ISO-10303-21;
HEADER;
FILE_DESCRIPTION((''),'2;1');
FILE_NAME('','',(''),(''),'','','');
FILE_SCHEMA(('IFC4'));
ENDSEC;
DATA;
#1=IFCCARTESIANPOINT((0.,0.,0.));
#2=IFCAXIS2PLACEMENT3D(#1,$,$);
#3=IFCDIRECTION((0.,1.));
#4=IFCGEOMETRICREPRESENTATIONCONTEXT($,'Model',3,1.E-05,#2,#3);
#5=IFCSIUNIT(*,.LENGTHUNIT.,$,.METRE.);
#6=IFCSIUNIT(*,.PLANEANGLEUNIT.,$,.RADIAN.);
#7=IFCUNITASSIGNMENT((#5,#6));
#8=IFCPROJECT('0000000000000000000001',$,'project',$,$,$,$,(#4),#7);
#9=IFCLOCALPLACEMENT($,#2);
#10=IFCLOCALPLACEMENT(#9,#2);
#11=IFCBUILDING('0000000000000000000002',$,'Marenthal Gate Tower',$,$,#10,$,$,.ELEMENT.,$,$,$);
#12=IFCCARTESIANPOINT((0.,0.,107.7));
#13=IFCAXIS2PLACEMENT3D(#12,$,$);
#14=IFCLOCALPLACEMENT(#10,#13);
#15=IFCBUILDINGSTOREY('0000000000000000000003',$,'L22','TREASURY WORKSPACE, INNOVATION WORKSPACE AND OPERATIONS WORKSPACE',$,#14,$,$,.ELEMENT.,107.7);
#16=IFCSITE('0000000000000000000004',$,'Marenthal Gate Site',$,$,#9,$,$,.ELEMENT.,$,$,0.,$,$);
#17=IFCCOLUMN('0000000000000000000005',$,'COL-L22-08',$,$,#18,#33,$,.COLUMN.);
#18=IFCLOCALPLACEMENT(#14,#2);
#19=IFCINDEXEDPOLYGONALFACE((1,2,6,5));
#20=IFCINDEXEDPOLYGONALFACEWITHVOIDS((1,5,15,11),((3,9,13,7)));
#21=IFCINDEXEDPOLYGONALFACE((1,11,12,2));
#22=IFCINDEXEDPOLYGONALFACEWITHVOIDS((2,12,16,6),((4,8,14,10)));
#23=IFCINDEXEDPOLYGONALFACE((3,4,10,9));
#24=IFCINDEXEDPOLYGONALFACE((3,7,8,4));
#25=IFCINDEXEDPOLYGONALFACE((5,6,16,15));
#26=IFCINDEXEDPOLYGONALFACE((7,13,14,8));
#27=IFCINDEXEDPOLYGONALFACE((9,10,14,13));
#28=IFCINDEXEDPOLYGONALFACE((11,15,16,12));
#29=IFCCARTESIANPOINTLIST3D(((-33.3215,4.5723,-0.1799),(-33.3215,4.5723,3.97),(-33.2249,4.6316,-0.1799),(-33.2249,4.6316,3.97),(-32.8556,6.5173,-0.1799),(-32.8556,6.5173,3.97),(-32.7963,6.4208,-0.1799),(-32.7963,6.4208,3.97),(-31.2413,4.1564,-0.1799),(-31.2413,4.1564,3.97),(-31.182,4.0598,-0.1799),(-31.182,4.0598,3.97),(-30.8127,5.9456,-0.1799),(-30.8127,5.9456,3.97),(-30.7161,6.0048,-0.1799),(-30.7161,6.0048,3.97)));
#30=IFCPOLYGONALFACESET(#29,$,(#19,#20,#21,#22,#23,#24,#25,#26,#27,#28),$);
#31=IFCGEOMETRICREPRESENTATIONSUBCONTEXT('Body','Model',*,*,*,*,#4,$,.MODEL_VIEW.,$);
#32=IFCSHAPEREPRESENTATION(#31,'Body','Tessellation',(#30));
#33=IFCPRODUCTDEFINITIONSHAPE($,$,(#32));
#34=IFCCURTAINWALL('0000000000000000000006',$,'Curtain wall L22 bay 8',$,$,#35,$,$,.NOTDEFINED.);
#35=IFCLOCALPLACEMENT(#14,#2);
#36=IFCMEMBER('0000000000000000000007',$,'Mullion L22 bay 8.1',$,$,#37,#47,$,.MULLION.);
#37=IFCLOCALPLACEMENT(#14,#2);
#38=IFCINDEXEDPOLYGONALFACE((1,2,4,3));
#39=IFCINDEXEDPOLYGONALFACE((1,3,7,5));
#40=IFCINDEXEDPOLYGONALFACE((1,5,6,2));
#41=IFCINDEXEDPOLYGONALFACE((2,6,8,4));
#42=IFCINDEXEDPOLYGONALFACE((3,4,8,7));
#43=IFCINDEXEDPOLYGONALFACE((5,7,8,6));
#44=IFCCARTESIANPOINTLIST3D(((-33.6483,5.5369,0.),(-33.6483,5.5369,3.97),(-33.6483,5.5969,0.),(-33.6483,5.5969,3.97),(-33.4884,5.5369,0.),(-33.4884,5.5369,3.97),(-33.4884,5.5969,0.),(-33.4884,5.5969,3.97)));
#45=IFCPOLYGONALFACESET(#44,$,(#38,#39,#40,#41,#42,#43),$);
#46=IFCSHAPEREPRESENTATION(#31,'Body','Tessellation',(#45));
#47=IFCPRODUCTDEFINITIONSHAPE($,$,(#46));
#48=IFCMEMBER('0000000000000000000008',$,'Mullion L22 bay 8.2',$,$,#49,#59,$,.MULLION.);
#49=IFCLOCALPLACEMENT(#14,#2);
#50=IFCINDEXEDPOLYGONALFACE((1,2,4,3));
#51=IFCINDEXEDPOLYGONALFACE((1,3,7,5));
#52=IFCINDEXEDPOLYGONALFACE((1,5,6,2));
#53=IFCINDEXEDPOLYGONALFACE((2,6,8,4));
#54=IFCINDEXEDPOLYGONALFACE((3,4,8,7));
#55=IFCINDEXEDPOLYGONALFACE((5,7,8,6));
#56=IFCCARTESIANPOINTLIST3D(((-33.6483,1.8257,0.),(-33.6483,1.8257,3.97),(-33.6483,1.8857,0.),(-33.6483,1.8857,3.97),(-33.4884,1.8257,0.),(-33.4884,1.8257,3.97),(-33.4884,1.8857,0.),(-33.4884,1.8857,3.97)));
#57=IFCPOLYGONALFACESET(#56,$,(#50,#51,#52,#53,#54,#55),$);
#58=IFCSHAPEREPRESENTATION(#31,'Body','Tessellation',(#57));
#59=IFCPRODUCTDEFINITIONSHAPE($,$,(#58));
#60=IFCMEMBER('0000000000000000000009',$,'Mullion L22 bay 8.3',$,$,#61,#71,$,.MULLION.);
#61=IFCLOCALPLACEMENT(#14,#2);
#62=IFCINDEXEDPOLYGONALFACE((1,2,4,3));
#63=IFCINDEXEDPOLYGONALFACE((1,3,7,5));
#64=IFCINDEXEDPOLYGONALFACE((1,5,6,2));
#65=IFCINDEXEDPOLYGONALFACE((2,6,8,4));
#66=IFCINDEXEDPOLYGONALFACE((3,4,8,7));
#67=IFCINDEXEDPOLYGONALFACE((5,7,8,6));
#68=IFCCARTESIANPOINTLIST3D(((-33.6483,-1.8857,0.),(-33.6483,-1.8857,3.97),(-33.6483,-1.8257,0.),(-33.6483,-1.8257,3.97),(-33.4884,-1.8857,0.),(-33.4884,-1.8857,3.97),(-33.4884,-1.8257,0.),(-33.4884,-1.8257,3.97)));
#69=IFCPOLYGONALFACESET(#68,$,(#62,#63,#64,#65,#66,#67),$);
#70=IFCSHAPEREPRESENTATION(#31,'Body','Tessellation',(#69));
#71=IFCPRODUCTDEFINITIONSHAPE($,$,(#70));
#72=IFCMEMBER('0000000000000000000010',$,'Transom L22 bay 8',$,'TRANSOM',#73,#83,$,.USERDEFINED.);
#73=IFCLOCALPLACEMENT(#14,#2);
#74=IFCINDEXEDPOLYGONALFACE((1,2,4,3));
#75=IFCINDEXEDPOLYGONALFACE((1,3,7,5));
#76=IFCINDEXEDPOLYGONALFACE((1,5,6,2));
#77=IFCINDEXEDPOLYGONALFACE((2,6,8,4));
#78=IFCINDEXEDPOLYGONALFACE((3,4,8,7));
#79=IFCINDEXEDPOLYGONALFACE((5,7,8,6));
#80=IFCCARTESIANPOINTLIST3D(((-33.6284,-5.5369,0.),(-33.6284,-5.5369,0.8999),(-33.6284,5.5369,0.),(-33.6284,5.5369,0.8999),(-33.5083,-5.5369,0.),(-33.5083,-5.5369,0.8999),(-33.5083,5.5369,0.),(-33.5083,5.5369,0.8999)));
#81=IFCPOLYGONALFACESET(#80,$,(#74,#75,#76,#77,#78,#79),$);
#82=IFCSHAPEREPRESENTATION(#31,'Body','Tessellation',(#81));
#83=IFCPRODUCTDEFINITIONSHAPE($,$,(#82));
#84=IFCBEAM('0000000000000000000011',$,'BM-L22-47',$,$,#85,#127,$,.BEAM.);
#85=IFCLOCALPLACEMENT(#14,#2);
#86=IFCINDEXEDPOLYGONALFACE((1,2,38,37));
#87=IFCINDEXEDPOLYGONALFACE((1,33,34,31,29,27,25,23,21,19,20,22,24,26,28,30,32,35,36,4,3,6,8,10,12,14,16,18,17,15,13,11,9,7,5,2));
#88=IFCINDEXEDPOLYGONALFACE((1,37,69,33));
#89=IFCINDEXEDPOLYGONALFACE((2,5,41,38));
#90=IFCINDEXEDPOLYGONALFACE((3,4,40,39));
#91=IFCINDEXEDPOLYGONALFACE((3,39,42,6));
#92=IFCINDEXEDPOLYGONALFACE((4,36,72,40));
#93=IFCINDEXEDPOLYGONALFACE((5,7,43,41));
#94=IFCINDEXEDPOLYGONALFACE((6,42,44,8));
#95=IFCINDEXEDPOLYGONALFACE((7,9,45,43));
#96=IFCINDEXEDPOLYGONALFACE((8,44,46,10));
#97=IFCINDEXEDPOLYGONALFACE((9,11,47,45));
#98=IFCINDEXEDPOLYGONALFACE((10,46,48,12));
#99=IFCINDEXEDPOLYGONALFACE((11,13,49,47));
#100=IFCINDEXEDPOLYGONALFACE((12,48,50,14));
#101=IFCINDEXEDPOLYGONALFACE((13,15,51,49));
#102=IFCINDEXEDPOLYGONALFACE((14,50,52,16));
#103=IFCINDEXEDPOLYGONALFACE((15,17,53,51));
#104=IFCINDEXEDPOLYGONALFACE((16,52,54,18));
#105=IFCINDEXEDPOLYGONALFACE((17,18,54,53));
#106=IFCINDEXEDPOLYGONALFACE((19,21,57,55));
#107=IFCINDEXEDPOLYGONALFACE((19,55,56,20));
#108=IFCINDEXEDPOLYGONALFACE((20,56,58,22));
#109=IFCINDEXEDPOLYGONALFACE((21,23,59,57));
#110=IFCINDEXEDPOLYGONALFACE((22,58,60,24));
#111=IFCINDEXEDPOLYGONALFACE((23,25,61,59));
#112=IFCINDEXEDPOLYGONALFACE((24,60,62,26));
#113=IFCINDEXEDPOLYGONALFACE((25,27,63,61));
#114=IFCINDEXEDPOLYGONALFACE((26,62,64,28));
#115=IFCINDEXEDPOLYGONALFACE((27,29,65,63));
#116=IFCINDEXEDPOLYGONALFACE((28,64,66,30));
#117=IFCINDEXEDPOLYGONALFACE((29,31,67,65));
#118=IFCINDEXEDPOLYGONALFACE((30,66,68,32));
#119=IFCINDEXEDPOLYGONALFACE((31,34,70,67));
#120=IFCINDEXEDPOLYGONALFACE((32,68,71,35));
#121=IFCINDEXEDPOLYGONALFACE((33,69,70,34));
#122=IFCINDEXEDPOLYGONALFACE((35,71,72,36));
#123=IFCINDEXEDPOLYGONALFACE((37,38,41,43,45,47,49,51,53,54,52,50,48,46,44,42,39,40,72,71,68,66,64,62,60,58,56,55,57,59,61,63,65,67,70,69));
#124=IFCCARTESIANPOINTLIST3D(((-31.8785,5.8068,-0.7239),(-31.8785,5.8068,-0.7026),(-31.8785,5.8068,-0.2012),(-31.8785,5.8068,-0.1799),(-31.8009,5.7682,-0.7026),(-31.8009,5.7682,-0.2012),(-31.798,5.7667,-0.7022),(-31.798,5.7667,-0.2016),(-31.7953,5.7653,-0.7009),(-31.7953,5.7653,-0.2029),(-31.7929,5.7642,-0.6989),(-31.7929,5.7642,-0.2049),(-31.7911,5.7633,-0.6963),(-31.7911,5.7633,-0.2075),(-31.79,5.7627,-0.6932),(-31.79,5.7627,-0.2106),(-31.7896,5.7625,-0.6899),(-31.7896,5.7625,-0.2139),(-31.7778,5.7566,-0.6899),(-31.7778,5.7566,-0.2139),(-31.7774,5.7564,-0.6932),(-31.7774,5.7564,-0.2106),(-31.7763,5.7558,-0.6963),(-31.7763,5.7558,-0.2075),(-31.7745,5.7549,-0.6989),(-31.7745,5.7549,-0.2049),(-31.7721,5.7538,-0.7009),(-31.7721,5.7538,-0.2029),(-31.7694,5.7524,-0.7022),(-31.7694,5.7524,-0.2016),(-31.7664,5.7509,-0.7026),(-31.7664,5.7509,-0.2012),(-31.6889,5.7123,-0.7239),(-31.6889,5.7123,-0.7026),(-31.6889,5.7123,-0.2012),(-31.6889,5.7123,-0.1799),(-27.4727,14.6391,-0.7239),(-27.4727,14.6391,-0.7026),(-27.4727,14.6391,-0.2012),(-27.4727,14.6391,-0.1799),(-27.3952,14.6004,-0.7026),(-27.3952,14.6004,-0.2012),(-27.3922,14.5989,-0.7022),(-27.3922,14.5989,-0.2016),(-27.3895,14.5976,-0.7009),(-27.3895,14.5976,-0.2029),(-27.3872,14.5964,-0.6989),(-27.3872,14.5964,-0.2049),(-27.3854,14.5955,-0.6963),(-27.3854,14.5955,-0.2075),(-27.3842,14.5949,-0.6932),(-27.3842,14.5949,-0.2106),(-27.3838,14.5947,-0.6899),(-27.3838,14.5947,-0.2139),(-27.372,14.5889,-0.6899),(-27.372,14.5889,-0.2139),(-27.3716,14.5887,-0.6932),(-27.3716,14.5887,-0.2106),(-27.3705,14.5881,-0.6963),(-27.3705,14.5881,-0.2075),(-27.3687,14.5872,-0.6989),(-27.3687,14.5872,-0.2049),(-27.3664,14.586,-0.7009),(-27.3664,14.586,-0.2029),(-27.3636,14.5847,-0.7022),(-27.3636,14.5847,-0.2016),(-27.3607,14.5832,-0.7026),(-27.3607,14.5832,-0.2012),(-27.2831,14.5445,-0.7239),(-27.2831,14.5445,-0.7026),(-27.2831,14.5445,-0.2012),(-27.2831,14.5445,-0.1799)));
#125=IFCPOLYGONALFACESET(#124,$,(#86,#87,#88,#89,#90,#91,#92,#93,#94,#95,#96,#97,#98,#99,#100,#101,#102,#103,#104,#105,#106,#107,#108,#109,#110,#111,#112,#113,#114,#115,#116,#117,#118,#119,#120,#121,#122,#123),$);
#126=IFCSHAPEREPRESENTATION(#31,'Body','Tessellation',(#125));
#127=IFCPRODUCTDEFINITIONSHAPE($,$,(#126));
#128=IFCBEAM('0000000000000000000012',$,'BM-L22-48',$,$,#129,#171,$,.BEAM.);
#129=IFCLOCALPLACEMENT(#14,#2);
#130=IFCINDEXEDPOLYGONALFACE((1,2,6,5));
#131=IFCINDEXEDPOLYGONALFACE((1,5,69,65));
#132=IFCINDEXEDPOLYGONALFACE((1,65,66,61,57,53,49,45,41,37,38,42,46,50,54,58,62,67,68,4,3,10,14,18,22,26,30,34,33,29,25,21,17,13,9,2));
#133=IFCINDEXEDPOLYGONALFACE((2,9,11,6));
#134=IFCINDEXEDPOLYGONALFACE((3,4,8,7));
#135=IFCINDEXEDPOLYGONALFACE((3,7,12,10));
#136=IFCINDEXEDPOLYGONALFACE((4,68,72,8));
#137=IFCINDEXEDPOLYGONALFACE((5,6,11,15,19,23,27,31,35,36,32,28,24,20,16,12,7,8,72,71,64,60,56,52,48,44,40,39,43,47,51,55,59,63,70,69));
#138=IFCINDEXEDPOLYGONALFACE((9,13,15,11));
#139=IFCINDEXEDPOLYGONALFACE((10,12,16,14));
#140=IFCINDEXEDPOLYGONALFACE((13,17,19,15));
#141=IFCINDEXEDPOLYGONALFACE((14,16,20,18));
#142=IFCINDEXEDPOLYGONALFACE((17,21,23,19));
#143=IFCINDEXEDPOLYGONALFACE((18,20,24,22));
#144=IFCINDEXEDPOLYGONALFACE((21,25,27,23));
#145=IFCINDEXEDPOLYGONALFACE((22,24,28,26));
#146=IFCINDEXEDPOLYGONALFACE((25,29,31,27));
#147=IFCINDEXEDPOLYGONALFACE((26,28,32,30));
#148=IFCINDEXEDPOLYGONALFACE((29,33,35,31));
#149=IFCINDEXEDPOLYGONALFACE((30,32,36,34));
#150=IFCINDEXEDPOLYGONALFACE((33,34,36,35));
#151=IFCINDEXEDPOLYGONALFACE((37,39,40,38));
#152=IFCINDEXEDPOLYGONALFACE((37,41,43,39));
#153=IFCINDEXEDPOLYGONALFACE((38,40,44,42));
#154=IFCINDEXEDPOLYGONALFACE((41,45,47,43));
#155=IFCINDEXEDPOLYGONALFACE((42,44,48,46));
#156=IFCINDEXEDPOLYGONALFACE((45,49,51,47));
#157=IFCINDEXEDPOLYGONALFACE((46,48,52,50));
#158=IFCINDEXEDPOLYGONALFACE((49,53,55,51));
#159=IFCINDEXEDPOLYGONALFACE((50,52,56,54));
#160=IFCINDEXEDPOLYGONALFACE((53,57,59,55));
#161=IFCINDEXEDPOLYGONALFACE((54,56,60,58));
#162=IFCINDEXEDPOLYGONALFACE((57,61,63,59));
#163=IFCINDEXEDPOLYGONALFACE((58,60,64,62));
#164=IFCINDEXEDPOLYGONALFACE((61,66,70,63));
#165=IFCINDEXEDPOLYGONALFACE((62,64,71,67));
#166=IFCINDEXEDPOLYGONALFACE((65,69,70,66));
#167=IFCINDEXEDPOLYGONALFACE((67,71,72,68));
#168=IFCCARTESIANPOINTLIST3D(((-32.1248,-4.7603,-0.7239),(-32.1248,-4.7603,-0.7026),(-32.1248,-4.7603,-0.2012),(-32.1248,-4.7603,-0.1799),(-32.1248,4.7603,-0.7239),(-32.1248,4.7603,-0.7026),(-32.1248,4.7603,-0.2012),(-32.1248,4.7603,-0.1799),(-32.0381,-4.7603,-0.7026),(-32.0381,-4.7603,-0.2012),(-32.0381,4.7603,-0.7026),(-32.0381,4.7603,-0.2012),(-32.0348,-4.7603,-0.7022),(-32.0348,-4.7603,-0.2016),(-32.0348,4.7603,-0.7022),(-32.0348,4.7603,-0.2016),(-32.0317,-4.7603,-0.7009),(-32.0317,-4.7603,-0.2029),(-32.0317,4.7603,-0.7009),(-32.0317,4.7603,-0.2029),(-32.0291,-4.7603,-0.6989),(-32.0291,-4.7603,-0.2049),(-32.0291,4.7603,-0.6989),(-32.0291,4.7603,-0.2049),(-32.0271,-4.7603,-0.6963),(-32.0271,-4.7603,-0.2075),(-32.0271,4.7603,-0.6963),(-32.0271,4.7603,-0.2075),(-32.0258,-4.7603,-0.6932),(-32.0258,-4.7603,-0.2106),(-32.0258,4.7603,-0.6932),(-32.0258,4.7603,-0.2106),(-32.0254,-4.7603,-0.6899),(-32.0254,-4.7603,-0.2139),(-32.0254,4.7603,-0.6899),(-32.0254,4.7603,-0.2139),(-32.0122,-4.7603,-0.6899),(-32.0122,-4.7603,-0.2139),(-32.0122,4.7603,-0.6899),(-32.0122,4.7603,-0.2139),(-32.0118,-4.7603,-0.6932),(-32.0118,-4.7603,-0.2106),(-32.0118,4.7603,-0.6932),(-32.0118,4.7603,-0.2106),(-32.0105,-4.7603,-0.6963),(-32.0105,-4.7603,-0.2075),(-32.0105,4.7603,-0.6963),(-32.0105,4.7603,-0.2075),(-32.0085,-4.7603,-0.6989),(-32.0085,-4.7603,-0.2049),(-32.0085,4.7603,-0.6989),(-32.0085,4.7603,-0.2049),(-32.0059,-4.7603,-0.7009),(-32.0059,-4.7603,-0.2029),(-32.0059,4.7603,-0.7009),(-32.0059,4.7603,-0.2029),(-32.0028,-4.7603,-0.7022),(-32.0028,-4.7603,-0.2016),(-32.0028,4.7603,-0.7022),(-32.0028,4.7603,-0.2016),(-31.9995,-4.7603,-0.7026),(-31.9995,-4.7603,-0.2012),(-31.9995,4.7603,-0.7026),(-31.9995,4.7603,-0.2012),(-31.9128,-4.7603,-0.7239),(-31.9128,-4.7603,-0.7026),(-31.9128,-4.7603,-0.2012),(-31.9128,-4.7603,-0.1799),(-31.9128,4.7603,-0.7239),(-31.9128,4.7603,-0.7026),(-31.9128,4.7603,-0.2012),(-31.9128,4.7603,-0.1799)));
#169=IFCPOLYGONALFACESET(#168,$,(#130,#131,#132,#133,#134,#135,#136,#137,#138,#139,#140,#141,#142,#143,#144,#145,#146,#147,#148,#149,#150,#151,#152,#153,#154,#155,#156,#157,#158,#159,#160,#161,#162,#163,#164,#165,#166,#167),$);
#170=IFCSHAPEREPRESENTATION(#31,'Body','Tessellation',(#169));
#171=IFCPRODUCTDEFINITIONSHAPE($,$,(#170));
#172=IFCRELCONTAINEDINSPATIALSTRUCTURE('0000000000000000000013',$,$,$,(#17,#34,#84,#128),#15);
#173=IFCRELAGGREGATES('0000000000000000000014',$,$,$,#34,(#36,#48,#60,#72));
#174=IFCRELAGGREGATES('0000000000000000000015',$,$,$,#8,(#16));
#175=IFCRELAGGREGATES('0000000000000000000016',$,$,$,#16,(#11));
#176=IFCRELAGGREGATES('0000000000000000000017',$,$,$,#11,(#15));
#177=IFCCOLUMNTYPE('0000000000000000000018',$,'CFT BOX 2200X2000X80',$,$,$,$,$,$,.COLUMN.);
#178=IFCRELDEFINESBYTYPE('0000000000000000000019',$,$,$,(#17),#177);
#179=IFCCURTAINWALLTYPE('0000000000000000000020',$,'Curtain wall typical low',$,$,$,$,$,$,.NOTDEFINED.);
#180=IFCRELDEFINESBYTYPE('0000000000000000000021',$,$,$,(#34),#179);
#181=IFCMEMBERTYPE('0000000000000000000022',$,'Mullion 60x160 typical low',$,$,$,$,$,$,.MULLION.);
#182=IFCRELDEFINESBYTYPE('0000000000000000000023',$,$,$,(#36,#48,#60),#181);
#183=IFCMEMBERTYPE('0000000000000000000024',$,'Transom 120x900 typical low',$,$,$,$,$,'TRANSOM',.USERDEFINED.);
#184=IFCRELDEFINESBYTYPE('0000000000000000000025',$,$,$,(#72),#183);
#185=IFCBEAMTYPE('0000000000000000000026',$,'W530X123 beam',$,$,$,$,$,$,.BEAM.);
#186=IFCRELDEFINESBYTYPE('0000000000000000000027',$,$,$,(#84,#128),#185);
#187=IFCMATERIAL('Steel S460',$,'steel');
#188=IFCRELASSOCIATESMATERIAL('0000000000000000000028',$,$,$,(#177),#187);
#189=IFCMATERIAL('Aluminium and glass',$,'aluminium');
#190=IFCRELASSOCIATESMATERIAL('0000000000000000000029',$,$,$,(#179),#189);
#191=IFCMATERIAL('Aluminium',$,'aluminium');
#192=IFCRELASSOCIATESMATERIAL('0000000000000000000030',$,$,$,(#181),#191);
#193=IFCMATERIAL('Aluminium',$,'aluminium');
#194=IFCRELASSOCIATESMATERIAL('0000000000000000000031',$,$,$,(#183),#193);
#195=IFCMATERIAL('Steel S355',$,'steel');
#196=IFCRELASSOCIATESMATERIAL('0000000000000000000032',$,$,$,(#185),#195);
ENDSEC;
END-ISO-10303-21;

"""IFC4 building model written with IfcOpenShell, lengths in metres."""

from ifc_helpers import new_model, si_unit, direction, frame, origin, origin_2d, place, context, subcontext, project, spatial, rectangle, hollow_rectangle, i_section, extrude, material, material_profile, profile_set, type_object, element, aggregate, save


model = new_model("IFC4")

# Units and contexts
model_context = context("Model", 3, precision=1e-05, world=origin(), true_north=direction((0.0, 1.0)))
body_context = subcontext(model_context, "Body", "Model", "MODEL_VIEW")
ifc_project = project(units=[si_unit("LENGTHUNIT", "METRE"), si_unit("PLANEANGLEUNIT", "RADIAN")], contexts=[model_context])

# Site, building, storey
site_placement = place(None, origin())
site = spatial("IfcSite", under=ifc_project, at=site_placement, Name="Marenthal Gate Site", CompositionType="ELEMENT", RefElevation=0.0)
building_placement = place(site_placement, origin())
building = spatial("IfcBuilding", under=site, at=building_placement, Name="Marenthal Gate Tower", CompositionType="ELEMENT")
storey_placement = place(building_placement, frame((0.0, 0.0, 107.7)))
storey = spatial("IfcBuildingStorey", under=building, at=storey_placement, Name="L22", Description="TREASURY WORKSPACE, INNOVATION WORKSPACE AND OPERATIONS WORKSPACE", CompositionType="ELEMENT", Elevation=107.7)

# Column
ifc_material_1 = material(Name="Steel S460", Category="steel")
ifc_material_profile_1 = material_profile(ifc_material_1, hollow_rectangle(XDim=2.0, YDim=2.2, WallThickness=0.0801, at=origin_2d()), Name="CFT BOX 2200X2000X80")
ifc_material_2 = material(Name="Concrete 70 MPa", Category="concrete")
ifc_material_profile_2 = material_profile(ifc_material_2, rectangle(XDim=1.8401, YDim=2.04, at=origin_2d()), Name="CFT BOX 2200X2000X80 INFILL")
ifc_profile_set_1 = profile_set([ifc_material_profile_1, ifc_material_profile_2], Name="Steel S460 shell, Concrete 70 MPa infill")
column_type = type_object("IfcColumnType", Name="CFT BOX 2200X2000X80", PredefinedType="COLUMN", material=ifc_profile_set_1)
column_placement = place(storey_placement, frame((-32.0188, 5.2886, -0.1799), z_axis=(0.0, 0.0, 1.0), x_axis=(0.232958, 0.972487, 0.0)))
element("IfcColumn", 1, at=column_placement, inside=storey, type_object=column_type, Name="COL-L22-08", PredefinedType="COLUMN", context=body_context, shape_type="SweptSolid", body=[
    extrude(hollow_rectangle(XDim=2.0, YDim=2.2, WallThickness=0.0801, at=origin_2d()), origin(), (0.0, 0.0, 1.0), 4.1499),
])

# Curtain wall, members
ifc_material_3 = material(Name="Aluminium and glass", Category="aluminium")
curtain_wall_type = type_object("IfcCurtainWallType", Name="Curtain wall typical low", PredefinedType="NOTDEFINED", material=ifc_material_3)
curtain_wall_placement = place(storey_placement, origin())
curtain_wall = element("IfcCurtainWall", 2, at=curtain_wall_placement, inside=storey, type_object=curtain_wall_type, Name="Curtain wall L22 bay 8", PredefinedType="NOTDEFINED")
ifc_material_4 = material(Name="Aluminium", Category="aluminium")
ifc_material_profile_3 = material_profile(ifc_material_4, rectangle(XDim=0.1599, YDim=0.0601, at=origin_2d()), Name="60x160 aluminium mullion")
ifc_profile_set_2 = profile_set([ifc_material_profile_3], Name="Aluminium")
member_type_1 = type_object("IfcMemberType", Name="Mullion 60x160 typical low", PredefinedType="MULLION", material=ifc_profile_set_2)
member_1_placement = place(storey_placement, frame((-33.5684, 5.5669, 0.0), z_axis=(0.0, 0.0, 1.0), x_axis=(1.0, 0.0, 0.0)))
member_1 = element("IfcMember", 3, at=member_1_placement, type_object=member_type_1, Name="Mullion L22 bay 8.1", PredefinedType="MULLION", context=body_context, shape_type="SweptSolid", body=[
    extrude(rectangle(XDim=0.1599, YDim=0.0601, at=origin_2d()), origin(), (0.0, 0.0, 1.0), 3.97),
])
member_2_placement = place(storey_placement, frame((-33.5684, 1.8557, 0.0), z_axis=(0.0, 0.0, 1.0), x_axis=(1.0, 0.0, 0.0)))
member_2 = element("IfcMember", 4, at=member_2_placement, type_object=member_type_1, Name="Mullion L22 bay 8.2", PredefinedType="MULLION", context=body_context, shape_type="SweptSolid", body=[
    extrude(rectangle(XDim=0.1599, YDim=0.0601, at=origin_2d()), origin(), (0.0, 0.0, 1.0), 3.97),
])
member_3_placement = place(storey_placement, frame((-33.5684, -1.8557, 0.0), z_axis=(0.0, 0.0, 1.0), x_axis=(1.0, 0.0, 0.0)))
member_3 = element("IfcMember", 5, at=member_3_placement, type_object=member_type_1, Name="Mullion L22 bay 8.3", PredefinedType="MULLION", context=body_context, shape_type="SweptSolid", body=[
    extrude(rectangle(XDim=0.1599, YDim=0.0601, at=origin_2d()), origin(), (0.0, 0.0, 1.0), 3.97),
])
ifc_material_5 = material(Name="Aluminium", Category="aluminium")
ifc_material_profile_4 = material_profile(ifc_material_5, rectangle(XDim=0.1201, YDim=0.8999, at=origin_2d()), Name="120x900 aluminium transom")
ifc_profile_set_3 = profile_set([ifc_material_profile_4], Name="Aluminium")
member_type_2 = type_object("IfcMemberType", Name="Transom 120x900 typical low", ElementType="TRANSOM", PredefinedType="USERDEFINED", material=ifc_profile_set_3)
member_4_placement = place(storey_placement, frame((-33.5684, 5.5369, 0.45), z_axis=(0.0, -1.0, 0.0), x_axis=(1.0, 0.0, 0.0)))
member_4 = element("IfcMember", 6, at=member_4_placement, type_object=member_type_2, Name="Transom L22 bay 8", ObjectType="TRANSOM", PredefinedType="USERDEFINED", context=body_context, shape_type="SweptSolid", body=[
    extrude(rectangle(XDim=0.1201, YDim=0.8999, at=origin_2d()), origin(), (0.0, 0.0, 1.0), 11.0737),
])

# Beams
ifc_material_6 = material(Name="Steel S355", Category="steel")
ifc_material_profile_5 = material_profile(ifc_material_6, i_section(OverallWidth=0.2119, OverallDepth=0.5439, WebThickness=0.0132, FlangeThickness=0.0212, FilletRadius=0.0127, at=origin_2d()), Name="W530X123")
ifc_profile_set_4 = profile_set([ifc_material_profile_5], Name="Steel S355")
beam_type_1 = type_object("IfcBeamType", Name="W530X123 beam", PredefinedType="BEAM", material=ifc_profile_set_4)
beam_1_placement = place(storey_placement, frame((-27.3779, 14.5918, -0.4519), z_axis=(-0.446372, -0.894847, 0.0), x_axis=(0.894847, -0.446372, 0.0)))
element("IfcBeam", 7, at=beam_1_placement, inside=storey, type_object=beam_type_1, Name="BM-L22-47", PredefinedType="BEAM", context=body_context, shape_type="SweptSolid", body=[
    extrude(i_section(OverallWidth=0.2119, OverallDepth=0.5439, WebThickness=0.0132, FlangeThickness=0.0212, FilletRadius=0.0127, at=origin_2d()), origin(), (0.0, 0.0, 1.0), 9.8701),
])
beam_2_placement = place(storey_placement, frame((-32.0188, 4.7603, -0.4519), z_axis=(0.0, -1.0, 0.0), x_axis=(1.0, 0.0, 0.0)))
element("IfcBeam", 8, at=beam_2_placement, inside=storey, type_object=beam_type_1, Name="BM-L22-48", PredefinedType="BEAM", context=body_context, shape_type="SweptSolid", body=[
    extrude(i_section(OverallWidth=0.2119, OverallDepth=0.5439, WebThickness=0.0132, FlangeThickness=0.0212, FilletRadius=0.0127, at=origin_2d()), origin(), (0.0, 0.0, 1.0), 9.5205),
])

aggregate(curtain_wall, [member_1, member_2, member_3, member_4])

save(model, "model.ifc")
